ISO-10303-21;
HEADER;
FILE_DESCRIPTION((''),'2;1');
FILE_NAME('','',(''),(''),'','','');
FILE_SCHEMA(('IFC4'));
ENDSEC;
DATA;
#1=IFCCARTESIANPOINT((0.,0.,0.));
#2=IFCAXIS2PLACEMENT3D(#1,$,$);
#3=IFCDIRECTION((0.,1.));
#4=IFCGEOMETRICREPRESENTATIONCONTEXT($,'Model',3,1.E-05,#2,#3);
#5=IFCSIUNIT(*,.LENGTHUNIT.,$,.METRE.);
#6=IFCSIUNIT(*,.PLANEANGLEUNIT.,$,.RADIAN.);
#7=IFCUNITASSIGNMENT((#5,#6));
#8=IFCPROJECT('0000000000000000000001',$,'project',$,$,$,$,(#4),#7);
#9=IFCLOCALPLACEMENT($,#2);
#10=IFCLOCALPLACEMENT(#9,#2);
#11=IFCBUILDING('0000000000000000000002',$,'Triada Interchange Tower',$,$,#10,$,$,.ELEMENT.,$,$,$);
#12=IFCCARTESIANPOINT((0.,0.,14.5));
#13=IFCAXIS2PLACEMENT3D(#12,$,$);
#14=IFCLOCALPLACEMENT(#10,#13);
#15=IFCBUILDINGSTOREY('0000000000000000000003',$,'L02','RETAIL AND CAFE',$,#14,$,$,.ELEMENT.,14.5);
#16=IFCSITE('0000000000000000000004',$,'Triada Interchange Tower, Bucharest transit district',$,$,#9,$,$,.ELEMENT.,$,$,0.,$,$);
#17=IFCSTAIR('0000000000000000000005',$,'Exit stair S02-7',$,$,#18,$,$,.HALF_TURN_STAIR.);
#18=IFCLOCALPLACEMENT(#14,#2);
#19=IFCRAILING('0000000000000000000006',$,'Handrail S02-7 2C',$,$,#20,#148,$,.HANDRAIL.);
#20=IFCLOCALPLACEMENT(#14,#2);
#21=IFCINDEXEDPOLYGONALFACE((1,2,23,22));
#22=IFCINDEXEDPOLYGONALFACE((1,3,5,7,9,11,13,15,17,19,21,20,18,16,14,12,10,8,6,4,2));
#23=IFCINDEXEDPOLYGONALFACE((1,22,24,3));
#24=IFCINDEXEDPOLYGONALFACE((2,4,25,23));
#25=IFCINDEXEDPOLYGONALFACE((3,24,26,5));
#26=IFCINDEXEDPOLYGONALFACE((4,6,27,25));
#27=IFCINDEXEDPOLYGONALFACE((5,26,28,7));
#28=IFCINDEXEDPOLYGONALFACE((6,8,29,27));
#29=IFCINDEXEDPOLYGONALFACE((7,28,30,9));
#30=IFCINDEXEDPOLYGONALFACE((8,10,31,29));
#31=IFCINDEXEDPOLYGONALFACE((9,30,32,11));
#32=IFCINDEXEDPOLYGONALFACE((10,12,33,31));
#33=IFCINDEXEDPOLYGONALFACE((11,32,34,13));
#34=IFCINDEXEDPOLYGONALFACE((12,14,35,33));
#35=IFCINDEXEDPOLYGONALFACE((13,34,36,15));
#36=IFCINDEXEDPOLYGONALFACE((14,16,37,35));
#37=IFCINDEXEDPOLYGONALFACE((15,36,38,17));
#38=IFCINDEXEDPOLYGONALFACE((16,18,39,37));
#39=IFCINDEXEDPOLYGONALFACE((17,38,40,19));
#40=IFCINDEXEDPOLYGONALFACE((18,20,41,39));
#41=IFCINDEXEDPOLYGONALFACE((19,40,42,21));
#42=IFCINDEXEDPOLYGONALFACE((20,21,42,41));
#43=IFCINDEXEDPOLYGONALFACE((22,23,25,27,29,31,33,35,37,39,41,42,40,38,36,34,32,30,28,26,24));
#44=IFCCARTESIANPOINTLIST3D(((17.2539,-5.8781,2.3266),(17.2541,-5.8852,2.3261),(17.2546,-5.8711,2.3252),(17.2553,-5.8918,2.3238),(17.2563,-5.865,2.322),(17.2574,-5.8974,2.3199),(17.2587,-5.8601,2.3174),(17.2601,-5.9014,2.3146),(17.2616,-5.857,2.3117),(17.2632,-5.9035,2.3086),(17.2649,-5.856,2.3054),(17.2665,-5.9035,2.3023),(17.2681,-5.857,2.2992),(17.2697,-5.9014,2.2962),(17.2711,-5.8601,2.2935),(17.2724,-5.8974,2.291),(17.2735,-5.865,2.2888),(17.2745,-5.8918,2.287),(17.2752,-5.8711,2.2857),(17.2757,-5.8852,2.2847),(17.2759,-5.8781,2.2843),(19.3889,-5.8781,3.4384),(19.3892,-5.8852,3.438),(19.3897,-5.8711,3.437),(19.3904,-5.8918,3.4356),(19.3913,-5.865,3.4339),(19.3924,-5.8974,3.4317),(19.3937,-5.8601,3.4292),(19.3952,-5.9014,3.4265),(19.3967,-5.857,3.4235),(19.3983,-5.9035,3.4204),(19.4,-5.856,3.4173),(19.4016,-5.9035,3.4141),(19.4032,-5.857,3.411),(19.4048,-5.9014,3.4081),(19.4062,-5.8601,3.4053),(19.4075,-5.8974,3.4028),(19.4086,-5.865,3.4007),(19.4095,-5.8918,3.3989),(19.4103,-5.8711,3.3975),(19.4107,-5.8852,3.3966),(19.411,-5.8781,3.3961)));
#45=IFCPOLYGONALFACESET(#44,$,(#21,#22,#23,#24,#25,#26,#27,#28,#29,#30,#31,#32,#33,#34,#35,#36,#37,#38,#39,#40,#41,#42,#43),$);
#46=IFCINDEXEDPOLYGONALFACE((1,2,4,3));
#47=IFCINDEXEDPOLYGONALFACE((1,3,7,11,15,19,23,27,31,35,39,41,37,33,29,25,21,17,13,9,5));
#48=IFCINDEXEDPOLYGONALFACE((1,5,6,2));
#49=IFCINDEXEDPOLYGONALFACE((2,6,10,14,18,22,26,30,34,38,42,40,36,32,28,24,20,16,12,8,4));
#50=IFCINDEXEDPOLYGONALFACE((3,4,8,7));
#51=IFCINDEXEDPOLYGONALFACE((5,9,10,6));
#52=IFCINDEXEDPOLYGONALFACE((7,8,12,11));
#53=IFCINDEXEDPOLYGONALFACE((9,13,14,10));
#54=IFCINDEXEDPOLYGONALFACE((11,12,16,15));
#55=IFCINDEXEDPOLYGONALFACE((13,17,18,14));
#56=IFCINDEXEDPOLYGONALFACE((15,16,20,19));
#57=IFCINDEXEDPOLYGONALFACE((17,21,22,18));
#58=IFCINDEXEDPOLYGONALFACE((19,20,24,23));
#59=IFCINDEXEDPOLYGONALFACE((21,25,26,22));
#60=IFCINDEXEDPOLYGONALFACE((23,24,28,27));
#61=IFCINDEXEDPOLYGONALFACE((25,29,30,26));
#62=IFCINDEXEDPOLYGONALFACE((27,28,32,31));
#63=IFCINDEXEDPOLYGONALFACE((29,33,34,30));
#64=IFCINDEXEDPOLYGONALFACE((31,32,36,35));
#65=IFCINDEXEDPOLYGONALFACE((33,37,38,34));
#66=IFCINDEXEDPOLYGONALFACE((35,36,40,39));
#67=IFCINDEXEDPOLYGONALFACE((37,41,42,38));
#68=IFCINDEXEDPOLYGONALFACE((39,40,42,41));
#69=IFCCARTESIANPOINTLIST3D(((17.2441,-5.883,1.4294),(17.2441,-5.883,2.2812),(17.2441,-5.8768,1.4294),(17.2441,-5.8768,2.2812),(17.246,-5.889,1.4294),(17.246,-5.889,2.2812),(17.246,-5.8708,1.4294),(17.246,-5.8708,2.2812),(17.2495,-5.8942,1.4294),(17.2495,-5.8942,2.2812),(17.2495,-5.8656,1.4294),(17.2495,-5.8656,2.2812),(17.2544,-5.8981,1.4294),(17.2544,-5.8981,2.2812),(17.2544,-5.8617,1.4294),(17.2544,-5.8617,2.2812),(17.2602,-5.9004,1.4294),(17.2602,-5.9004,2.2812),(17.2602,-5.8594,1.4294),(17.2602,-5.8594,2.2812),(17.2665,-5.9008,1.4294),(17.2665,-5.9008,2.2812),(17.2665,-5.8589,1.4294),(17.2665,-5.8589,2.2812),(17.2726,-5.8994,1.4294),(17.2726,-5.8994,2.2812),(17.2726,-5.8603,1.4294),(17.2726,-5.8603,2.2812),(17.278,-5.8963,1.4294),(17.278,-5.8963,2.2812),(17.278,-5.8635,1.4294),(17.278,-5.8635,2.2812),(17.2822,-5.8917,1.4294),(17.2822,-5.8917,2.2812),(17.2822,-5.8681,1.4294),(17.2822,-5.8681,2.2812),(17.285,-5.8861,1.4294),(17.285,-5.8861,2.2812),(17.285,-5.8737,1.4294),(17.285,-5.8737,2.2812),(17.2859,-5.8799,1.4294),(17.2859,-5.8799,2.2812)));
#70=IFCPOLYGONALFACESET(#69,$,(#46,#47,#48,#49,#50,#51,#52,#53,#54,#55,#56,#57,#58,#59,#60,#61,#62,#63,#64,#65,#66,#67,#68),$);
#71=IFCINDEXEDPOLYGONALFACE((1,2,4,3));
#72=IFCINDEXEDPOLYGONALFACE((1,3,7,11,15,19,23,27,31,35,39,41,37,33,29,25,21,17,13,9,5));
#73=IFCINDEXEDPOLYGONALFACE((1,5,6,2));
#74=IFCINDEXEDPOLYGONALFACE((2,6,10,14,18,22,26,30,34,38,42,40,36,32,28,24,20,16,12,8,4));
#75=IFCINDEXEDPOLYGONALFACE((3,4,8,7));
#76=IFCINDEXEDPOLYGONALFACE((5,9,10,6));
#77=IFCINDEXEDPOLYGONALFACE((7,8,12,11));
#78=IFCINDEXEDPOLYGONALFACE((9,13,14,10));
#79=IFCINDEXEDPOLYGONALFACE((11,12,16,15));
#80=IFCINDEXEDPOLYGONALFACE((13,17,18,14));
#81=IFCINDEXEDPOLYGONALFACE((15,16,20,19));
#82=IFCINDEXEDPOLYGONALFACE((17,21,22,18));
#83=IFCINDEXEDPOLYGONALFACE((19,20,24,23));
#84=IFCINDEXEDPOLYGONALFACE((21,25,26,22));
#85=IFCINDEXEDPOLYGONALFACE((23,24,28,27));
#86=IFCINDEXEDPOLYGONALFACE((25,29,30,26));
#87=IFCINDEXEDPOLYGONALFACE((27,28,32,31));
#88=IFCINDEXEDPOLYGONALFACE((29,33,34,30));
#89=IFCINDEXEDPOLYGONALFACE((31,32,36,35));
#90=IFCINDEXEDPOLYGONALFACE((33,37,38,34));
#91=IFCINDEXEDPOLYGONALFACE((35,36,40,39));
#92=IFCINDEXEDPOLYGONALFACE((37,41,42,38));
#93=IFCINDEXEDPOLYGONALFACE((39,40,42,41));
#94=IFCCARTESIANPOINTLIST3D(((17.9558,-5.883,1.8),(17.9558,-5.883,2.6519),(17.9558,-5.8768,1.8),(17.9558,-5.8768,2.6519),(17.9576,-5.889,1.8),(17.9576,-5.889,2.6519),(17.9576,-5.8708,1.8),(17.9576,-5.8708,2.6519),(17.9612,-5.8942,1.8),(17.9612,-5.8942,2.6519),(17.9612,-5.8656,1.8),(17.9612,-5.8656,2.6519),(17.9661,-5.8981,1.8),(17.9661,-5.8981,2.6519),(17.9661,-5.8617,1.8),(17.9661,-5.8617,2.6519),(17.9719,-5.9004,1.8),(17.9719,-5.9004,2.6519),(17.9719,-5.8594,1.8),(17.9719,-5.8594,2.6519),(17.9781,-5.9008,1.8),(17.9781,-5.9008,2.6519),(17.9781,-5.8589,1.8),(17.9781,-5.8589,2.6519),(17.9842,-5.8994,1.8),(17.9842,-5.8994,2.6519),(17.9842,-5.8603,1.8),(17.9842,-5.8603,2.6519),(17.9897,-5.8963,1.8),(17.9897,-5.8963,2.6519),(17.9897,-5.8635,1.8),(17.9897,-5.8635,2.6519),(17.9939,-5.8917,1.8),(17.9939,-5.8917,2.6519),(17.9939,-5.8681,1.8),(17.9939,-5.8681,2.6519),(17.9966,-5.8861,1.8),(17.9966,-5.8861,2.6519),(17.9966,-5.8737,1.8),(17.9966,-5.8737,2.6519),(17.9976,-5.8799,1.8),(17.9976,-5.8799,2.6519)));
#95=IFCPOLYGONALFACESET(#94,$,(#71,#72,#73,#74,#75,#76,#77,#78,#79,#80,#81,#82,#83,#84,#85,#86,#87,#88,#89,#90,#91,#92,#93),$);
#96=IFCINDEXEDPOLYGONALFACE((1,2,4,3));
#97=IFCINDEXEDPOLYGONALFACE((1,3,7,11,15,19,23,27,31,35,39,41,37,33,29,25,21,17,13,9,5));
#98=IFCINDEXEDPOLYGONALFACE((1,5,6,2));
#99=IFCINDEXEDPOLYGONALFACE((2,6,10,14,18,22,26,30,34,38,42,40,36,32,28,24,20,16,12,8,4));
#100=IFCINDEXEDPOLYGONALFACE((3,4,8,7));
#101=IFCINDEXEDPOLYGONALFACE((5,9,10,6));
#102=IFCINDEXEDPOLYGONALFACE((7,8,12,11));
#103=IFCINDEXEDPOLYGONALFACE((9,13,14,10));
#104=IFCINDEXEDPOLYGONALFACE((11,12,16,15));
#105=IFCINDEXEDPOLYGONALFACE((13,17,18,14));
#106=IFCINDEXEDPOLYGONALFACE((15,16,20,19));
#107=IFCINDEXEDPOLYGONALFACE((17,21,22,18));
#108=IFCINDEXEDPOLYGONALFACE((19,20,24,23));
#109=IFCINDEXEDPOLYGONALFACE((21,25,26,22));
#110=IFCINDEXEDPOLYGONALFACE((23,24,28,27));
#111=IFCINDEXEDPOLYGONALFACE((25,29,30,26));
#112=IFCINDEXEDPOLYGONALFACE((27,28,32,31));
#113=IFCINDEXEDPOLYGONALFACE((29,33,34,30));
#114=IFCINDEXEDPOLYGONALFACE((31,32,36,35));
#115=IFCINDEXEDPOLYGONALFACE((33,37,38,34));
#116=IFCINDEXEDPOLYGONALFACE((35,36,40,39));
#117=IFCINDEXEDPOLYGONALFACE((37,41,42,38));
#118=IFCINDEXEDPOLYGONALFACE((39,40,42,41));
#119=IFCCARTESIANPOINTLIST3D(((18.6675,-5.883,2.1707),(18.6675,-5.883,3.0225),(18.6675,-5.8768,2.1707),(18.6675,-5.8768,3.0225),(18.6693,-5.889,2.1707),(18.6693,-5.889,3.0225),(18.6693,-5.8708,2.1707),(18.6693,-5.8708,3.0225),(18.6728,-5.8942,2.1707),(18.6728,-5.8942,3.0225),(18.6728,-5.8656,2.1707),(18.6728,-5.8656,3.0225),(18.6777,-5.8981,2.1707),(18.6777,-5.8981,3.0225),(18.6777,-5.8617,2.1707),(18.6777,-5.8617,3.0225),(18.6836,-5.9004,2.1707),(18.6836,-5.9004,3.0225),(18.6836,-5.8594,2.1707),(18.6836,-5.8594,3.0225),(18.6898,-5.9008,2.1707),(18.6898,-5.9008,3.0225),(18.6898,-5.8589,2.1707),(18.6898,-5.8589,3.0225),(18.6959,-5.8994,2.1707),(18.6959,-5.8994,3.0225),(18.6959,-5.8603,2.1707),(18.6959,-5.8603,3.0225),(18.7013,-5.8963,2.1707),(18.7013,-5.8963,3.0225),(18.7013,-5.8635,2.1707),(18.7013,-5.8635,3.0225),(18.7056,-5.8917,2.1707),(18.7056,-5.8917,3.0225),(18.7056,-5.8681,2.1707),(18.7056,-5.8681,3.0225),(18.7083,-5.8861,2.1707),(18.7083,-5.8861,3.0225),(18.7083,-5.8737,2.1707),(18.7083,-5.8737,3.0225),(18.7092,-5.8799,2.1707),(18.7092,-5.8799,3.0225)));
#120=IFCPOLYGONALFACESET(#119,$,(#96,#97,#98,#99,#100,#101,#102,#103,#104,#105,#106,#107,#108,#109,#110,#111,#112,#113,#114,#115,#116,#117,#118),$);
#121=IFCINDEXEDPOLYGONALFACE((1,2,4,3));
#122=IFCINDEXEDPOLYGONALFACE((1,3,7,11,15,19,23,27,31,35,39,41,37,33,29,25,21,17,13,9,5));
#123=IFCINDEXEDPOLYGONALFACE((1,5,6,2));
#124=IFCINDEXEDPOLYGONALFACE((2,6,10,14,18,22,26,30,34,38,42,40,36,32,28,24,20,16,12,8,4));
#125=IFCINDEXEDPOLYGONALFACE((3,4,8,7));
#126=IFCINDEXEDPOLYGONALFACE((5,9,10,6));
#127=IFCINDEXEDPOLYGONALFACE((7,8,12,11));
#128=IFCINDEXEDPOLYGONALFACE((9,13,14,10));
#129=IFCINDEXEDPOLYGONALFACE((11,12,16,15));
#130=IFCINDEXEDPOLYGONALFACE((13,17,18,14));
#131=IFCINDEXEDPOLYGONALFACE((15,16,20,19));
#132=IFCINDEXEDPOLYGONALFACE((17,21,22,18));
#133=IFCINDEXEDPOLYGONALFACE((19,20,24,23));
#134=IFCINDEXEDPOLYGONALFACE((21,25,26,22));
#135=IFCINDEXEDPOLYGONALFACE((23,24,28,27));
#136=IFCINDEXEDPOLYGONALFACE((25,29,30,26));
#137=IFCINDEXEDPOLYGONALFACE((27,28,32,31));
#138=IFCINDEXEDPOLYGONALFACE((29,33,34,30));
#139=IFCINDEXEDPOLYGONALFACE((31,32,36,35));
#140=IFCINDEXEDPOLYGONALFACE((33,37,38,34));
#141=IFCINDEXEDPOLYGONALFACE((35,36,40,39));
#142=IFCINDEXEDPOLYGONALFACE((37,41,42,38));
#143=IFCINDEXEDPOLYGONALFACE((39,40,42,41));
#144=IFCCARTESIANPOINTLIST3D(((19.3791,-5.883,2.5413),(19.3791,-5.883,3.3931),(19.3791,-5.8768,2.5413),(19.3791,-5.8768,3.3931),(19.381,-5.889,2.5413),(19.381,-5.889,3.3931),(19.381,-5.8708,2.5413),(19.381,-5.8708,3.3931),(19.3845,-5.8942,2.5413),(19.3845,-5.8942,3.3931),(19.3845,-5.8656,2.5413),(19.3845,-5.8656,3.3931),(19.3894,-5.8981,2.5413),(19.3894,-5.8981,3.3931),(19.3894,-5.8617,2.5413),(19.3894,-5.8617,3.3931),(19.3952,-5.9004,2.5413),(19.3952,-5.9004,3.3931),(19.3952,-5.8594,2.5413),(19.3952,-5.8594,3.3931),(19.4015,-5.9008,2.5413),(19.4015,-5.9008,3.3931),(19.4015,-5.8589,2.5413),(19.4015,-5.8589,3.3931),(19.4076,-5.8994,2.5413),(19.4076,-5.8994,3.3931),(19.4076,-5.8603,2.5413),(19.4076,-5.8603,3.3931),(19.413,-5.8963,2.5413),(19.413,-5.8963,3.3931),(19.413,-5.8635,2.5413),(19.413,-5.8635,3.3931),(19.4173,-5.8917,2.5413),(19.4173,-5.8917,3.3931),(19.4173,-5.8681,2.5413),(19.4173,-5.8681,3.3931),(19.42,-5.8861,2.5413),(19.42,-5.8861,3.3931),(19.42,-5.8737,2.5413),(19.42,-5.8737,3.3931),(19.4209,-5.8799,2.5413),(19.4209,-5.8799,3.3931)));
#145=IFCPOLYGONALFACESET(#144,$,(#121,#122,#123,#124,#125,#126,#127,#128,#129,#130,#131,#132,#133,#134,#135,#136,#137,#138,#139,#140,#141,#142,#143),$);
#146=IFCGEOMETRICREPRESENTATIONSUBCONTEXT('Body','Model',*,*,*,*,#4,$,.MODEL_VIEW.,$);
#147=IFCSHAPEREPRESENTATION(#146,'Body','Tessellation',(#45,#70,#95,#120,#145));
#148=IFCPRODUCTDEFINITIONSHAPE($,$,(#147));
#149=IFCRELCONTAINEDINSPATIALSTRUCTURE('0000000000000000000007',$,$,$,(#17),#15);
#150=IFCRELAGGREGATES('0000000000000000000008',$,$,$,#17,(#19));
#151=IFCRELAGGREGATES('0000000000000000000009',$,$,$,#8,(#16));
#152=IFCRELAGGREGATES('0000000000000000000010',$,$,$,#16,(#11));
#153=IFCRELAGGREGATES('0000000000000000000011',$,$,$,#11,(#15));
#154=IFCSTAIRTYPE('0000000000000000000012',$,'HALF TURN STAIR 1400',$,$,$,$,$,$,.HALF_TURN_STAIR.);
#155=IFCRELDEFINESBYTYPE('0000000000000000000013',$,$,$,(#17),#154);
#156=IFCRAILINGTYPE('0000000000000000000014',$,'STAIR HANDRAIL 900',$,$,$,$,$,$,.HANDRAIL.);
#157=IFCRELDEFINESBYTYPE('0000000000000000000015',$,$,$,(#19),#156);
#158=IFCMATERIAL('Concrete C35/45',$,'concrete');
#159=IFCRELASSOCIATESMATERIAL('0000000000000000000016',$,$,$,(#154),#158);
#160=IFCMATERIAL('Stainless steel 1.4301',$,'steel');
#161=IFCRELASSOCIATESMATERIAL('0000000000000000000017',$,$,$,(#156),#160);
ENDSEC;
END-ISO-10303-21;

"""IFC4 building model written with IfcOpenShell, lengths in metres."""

from ifc_helpers import new_model, si_unit, direction, frame, origin, origin_2d, place, context, subcontext, project, spatial, circle, extrude, material, type_object, element, aggregate, save


model = new_model("IFC4")

# Units and contexts
model_context = context("Model", 3, precision=1e-05, world=origin(), true_north=direction((0.0, 1.0)))
body_context = subcontext(model_context, "Body", "Model", "MODEL_VIEW")
ifc_project = project(units=[si_unit("LENGTHUNIT", "METRE"), si_unit("PLANEANGLEUNIT", "RADIAN")], contexts=[model_context])

# Site, building, storey
site_placement = place(None, origin())
site = spatial("IfcSite", under=ifc_project, at=site_placement, Name="Triada Interchange Tower, Bucharest transit district", CompositionType="ELEMENT", RefElevation=0.0)
building_placement = place(site_placement, origin())
building = spatial("IfcBuilding", under=site, at=building_placement, Name="Triada Interchange Tower", CompositionType="ELEMENT")
storey_placement = place(building_placement, frame((0.0, 0.0, 14.5)))
storey = spatial("IfcBuildingStorey", under=building, at=storey_placement, Name="L02", Description="RETAIL AND CAFE", CompositionType="ELEMENT", Elevation=14.5)

# Shared definitions
ifc_material_1 = material(Name="Concrete C35/45", Category="concrete")

# Stair, railing
stair_type = type_object("IfcStairType", Name="HALF TURN STAIR 1400", PredefinedType="HALF_TURN_STAIR", material=ifc_material_1)
stair_placement = place(storey_placement, origin())
stair = element("IfcStair", 1, at=stair_placement, inside=storey, type_object=stair_type, Name="Exit stair S02-7", PredefinedType="HALF_TURN_STAIR")
ifc_material_2 = material(Name="Stainless steel 1.4301", Category="steel")
railing_type_1 = type_object("IfcRailingType", Name="STAIR HANDRAIL 900", PredefinedType="HANDRAIL", material=ifc_material_2)
railing_1_placement = place(storey_placement, frame((17.2649, -5.8799, 1.4294)))
railing_1 = element("IfcRailing", 2, at=railing_1_placement, type_object=railing_type_1, Name="Handrail S02-7 2C", PredefinedType="HANDRAIL", context=body_context, shape_type="SweptSolid", body=[
    extrude(circle(Radius=0.0239, at=origin_2d()), frame((0.0, 0.0, 0.876), z_axis=(0.886943, 0.0, 0.46188), x_axis=(0.0, 1.0, 0.0)), (0.0, 0.0, 1.0), 2.4072),
    extrude(circle(Radius=0.021, at=origin_2d()), origin(), (0.0, 0.0, 1.0), 0.8518),
    extrude(circle(Radius=0.021, at=origin_2d()), frame((0.7117, 0.0, 0.3706)), (0.0, 0.0, 1.0), 0.8518),
    extrude(circle(Radius=0.021, at=origin_2d()), frame((1.4233, 0.0, 0.7412)), (0.0, 0.0, 1.0), 0.8518),
    extrude(circle(Radius=0.021, at=origin_2d()), frame((2.135, 0.0, 1.1118)), (0.0, 0.0, 1.0), 0.8518),
])
aggregate(stair, [railing_1])

save(model, "model.ifc")
